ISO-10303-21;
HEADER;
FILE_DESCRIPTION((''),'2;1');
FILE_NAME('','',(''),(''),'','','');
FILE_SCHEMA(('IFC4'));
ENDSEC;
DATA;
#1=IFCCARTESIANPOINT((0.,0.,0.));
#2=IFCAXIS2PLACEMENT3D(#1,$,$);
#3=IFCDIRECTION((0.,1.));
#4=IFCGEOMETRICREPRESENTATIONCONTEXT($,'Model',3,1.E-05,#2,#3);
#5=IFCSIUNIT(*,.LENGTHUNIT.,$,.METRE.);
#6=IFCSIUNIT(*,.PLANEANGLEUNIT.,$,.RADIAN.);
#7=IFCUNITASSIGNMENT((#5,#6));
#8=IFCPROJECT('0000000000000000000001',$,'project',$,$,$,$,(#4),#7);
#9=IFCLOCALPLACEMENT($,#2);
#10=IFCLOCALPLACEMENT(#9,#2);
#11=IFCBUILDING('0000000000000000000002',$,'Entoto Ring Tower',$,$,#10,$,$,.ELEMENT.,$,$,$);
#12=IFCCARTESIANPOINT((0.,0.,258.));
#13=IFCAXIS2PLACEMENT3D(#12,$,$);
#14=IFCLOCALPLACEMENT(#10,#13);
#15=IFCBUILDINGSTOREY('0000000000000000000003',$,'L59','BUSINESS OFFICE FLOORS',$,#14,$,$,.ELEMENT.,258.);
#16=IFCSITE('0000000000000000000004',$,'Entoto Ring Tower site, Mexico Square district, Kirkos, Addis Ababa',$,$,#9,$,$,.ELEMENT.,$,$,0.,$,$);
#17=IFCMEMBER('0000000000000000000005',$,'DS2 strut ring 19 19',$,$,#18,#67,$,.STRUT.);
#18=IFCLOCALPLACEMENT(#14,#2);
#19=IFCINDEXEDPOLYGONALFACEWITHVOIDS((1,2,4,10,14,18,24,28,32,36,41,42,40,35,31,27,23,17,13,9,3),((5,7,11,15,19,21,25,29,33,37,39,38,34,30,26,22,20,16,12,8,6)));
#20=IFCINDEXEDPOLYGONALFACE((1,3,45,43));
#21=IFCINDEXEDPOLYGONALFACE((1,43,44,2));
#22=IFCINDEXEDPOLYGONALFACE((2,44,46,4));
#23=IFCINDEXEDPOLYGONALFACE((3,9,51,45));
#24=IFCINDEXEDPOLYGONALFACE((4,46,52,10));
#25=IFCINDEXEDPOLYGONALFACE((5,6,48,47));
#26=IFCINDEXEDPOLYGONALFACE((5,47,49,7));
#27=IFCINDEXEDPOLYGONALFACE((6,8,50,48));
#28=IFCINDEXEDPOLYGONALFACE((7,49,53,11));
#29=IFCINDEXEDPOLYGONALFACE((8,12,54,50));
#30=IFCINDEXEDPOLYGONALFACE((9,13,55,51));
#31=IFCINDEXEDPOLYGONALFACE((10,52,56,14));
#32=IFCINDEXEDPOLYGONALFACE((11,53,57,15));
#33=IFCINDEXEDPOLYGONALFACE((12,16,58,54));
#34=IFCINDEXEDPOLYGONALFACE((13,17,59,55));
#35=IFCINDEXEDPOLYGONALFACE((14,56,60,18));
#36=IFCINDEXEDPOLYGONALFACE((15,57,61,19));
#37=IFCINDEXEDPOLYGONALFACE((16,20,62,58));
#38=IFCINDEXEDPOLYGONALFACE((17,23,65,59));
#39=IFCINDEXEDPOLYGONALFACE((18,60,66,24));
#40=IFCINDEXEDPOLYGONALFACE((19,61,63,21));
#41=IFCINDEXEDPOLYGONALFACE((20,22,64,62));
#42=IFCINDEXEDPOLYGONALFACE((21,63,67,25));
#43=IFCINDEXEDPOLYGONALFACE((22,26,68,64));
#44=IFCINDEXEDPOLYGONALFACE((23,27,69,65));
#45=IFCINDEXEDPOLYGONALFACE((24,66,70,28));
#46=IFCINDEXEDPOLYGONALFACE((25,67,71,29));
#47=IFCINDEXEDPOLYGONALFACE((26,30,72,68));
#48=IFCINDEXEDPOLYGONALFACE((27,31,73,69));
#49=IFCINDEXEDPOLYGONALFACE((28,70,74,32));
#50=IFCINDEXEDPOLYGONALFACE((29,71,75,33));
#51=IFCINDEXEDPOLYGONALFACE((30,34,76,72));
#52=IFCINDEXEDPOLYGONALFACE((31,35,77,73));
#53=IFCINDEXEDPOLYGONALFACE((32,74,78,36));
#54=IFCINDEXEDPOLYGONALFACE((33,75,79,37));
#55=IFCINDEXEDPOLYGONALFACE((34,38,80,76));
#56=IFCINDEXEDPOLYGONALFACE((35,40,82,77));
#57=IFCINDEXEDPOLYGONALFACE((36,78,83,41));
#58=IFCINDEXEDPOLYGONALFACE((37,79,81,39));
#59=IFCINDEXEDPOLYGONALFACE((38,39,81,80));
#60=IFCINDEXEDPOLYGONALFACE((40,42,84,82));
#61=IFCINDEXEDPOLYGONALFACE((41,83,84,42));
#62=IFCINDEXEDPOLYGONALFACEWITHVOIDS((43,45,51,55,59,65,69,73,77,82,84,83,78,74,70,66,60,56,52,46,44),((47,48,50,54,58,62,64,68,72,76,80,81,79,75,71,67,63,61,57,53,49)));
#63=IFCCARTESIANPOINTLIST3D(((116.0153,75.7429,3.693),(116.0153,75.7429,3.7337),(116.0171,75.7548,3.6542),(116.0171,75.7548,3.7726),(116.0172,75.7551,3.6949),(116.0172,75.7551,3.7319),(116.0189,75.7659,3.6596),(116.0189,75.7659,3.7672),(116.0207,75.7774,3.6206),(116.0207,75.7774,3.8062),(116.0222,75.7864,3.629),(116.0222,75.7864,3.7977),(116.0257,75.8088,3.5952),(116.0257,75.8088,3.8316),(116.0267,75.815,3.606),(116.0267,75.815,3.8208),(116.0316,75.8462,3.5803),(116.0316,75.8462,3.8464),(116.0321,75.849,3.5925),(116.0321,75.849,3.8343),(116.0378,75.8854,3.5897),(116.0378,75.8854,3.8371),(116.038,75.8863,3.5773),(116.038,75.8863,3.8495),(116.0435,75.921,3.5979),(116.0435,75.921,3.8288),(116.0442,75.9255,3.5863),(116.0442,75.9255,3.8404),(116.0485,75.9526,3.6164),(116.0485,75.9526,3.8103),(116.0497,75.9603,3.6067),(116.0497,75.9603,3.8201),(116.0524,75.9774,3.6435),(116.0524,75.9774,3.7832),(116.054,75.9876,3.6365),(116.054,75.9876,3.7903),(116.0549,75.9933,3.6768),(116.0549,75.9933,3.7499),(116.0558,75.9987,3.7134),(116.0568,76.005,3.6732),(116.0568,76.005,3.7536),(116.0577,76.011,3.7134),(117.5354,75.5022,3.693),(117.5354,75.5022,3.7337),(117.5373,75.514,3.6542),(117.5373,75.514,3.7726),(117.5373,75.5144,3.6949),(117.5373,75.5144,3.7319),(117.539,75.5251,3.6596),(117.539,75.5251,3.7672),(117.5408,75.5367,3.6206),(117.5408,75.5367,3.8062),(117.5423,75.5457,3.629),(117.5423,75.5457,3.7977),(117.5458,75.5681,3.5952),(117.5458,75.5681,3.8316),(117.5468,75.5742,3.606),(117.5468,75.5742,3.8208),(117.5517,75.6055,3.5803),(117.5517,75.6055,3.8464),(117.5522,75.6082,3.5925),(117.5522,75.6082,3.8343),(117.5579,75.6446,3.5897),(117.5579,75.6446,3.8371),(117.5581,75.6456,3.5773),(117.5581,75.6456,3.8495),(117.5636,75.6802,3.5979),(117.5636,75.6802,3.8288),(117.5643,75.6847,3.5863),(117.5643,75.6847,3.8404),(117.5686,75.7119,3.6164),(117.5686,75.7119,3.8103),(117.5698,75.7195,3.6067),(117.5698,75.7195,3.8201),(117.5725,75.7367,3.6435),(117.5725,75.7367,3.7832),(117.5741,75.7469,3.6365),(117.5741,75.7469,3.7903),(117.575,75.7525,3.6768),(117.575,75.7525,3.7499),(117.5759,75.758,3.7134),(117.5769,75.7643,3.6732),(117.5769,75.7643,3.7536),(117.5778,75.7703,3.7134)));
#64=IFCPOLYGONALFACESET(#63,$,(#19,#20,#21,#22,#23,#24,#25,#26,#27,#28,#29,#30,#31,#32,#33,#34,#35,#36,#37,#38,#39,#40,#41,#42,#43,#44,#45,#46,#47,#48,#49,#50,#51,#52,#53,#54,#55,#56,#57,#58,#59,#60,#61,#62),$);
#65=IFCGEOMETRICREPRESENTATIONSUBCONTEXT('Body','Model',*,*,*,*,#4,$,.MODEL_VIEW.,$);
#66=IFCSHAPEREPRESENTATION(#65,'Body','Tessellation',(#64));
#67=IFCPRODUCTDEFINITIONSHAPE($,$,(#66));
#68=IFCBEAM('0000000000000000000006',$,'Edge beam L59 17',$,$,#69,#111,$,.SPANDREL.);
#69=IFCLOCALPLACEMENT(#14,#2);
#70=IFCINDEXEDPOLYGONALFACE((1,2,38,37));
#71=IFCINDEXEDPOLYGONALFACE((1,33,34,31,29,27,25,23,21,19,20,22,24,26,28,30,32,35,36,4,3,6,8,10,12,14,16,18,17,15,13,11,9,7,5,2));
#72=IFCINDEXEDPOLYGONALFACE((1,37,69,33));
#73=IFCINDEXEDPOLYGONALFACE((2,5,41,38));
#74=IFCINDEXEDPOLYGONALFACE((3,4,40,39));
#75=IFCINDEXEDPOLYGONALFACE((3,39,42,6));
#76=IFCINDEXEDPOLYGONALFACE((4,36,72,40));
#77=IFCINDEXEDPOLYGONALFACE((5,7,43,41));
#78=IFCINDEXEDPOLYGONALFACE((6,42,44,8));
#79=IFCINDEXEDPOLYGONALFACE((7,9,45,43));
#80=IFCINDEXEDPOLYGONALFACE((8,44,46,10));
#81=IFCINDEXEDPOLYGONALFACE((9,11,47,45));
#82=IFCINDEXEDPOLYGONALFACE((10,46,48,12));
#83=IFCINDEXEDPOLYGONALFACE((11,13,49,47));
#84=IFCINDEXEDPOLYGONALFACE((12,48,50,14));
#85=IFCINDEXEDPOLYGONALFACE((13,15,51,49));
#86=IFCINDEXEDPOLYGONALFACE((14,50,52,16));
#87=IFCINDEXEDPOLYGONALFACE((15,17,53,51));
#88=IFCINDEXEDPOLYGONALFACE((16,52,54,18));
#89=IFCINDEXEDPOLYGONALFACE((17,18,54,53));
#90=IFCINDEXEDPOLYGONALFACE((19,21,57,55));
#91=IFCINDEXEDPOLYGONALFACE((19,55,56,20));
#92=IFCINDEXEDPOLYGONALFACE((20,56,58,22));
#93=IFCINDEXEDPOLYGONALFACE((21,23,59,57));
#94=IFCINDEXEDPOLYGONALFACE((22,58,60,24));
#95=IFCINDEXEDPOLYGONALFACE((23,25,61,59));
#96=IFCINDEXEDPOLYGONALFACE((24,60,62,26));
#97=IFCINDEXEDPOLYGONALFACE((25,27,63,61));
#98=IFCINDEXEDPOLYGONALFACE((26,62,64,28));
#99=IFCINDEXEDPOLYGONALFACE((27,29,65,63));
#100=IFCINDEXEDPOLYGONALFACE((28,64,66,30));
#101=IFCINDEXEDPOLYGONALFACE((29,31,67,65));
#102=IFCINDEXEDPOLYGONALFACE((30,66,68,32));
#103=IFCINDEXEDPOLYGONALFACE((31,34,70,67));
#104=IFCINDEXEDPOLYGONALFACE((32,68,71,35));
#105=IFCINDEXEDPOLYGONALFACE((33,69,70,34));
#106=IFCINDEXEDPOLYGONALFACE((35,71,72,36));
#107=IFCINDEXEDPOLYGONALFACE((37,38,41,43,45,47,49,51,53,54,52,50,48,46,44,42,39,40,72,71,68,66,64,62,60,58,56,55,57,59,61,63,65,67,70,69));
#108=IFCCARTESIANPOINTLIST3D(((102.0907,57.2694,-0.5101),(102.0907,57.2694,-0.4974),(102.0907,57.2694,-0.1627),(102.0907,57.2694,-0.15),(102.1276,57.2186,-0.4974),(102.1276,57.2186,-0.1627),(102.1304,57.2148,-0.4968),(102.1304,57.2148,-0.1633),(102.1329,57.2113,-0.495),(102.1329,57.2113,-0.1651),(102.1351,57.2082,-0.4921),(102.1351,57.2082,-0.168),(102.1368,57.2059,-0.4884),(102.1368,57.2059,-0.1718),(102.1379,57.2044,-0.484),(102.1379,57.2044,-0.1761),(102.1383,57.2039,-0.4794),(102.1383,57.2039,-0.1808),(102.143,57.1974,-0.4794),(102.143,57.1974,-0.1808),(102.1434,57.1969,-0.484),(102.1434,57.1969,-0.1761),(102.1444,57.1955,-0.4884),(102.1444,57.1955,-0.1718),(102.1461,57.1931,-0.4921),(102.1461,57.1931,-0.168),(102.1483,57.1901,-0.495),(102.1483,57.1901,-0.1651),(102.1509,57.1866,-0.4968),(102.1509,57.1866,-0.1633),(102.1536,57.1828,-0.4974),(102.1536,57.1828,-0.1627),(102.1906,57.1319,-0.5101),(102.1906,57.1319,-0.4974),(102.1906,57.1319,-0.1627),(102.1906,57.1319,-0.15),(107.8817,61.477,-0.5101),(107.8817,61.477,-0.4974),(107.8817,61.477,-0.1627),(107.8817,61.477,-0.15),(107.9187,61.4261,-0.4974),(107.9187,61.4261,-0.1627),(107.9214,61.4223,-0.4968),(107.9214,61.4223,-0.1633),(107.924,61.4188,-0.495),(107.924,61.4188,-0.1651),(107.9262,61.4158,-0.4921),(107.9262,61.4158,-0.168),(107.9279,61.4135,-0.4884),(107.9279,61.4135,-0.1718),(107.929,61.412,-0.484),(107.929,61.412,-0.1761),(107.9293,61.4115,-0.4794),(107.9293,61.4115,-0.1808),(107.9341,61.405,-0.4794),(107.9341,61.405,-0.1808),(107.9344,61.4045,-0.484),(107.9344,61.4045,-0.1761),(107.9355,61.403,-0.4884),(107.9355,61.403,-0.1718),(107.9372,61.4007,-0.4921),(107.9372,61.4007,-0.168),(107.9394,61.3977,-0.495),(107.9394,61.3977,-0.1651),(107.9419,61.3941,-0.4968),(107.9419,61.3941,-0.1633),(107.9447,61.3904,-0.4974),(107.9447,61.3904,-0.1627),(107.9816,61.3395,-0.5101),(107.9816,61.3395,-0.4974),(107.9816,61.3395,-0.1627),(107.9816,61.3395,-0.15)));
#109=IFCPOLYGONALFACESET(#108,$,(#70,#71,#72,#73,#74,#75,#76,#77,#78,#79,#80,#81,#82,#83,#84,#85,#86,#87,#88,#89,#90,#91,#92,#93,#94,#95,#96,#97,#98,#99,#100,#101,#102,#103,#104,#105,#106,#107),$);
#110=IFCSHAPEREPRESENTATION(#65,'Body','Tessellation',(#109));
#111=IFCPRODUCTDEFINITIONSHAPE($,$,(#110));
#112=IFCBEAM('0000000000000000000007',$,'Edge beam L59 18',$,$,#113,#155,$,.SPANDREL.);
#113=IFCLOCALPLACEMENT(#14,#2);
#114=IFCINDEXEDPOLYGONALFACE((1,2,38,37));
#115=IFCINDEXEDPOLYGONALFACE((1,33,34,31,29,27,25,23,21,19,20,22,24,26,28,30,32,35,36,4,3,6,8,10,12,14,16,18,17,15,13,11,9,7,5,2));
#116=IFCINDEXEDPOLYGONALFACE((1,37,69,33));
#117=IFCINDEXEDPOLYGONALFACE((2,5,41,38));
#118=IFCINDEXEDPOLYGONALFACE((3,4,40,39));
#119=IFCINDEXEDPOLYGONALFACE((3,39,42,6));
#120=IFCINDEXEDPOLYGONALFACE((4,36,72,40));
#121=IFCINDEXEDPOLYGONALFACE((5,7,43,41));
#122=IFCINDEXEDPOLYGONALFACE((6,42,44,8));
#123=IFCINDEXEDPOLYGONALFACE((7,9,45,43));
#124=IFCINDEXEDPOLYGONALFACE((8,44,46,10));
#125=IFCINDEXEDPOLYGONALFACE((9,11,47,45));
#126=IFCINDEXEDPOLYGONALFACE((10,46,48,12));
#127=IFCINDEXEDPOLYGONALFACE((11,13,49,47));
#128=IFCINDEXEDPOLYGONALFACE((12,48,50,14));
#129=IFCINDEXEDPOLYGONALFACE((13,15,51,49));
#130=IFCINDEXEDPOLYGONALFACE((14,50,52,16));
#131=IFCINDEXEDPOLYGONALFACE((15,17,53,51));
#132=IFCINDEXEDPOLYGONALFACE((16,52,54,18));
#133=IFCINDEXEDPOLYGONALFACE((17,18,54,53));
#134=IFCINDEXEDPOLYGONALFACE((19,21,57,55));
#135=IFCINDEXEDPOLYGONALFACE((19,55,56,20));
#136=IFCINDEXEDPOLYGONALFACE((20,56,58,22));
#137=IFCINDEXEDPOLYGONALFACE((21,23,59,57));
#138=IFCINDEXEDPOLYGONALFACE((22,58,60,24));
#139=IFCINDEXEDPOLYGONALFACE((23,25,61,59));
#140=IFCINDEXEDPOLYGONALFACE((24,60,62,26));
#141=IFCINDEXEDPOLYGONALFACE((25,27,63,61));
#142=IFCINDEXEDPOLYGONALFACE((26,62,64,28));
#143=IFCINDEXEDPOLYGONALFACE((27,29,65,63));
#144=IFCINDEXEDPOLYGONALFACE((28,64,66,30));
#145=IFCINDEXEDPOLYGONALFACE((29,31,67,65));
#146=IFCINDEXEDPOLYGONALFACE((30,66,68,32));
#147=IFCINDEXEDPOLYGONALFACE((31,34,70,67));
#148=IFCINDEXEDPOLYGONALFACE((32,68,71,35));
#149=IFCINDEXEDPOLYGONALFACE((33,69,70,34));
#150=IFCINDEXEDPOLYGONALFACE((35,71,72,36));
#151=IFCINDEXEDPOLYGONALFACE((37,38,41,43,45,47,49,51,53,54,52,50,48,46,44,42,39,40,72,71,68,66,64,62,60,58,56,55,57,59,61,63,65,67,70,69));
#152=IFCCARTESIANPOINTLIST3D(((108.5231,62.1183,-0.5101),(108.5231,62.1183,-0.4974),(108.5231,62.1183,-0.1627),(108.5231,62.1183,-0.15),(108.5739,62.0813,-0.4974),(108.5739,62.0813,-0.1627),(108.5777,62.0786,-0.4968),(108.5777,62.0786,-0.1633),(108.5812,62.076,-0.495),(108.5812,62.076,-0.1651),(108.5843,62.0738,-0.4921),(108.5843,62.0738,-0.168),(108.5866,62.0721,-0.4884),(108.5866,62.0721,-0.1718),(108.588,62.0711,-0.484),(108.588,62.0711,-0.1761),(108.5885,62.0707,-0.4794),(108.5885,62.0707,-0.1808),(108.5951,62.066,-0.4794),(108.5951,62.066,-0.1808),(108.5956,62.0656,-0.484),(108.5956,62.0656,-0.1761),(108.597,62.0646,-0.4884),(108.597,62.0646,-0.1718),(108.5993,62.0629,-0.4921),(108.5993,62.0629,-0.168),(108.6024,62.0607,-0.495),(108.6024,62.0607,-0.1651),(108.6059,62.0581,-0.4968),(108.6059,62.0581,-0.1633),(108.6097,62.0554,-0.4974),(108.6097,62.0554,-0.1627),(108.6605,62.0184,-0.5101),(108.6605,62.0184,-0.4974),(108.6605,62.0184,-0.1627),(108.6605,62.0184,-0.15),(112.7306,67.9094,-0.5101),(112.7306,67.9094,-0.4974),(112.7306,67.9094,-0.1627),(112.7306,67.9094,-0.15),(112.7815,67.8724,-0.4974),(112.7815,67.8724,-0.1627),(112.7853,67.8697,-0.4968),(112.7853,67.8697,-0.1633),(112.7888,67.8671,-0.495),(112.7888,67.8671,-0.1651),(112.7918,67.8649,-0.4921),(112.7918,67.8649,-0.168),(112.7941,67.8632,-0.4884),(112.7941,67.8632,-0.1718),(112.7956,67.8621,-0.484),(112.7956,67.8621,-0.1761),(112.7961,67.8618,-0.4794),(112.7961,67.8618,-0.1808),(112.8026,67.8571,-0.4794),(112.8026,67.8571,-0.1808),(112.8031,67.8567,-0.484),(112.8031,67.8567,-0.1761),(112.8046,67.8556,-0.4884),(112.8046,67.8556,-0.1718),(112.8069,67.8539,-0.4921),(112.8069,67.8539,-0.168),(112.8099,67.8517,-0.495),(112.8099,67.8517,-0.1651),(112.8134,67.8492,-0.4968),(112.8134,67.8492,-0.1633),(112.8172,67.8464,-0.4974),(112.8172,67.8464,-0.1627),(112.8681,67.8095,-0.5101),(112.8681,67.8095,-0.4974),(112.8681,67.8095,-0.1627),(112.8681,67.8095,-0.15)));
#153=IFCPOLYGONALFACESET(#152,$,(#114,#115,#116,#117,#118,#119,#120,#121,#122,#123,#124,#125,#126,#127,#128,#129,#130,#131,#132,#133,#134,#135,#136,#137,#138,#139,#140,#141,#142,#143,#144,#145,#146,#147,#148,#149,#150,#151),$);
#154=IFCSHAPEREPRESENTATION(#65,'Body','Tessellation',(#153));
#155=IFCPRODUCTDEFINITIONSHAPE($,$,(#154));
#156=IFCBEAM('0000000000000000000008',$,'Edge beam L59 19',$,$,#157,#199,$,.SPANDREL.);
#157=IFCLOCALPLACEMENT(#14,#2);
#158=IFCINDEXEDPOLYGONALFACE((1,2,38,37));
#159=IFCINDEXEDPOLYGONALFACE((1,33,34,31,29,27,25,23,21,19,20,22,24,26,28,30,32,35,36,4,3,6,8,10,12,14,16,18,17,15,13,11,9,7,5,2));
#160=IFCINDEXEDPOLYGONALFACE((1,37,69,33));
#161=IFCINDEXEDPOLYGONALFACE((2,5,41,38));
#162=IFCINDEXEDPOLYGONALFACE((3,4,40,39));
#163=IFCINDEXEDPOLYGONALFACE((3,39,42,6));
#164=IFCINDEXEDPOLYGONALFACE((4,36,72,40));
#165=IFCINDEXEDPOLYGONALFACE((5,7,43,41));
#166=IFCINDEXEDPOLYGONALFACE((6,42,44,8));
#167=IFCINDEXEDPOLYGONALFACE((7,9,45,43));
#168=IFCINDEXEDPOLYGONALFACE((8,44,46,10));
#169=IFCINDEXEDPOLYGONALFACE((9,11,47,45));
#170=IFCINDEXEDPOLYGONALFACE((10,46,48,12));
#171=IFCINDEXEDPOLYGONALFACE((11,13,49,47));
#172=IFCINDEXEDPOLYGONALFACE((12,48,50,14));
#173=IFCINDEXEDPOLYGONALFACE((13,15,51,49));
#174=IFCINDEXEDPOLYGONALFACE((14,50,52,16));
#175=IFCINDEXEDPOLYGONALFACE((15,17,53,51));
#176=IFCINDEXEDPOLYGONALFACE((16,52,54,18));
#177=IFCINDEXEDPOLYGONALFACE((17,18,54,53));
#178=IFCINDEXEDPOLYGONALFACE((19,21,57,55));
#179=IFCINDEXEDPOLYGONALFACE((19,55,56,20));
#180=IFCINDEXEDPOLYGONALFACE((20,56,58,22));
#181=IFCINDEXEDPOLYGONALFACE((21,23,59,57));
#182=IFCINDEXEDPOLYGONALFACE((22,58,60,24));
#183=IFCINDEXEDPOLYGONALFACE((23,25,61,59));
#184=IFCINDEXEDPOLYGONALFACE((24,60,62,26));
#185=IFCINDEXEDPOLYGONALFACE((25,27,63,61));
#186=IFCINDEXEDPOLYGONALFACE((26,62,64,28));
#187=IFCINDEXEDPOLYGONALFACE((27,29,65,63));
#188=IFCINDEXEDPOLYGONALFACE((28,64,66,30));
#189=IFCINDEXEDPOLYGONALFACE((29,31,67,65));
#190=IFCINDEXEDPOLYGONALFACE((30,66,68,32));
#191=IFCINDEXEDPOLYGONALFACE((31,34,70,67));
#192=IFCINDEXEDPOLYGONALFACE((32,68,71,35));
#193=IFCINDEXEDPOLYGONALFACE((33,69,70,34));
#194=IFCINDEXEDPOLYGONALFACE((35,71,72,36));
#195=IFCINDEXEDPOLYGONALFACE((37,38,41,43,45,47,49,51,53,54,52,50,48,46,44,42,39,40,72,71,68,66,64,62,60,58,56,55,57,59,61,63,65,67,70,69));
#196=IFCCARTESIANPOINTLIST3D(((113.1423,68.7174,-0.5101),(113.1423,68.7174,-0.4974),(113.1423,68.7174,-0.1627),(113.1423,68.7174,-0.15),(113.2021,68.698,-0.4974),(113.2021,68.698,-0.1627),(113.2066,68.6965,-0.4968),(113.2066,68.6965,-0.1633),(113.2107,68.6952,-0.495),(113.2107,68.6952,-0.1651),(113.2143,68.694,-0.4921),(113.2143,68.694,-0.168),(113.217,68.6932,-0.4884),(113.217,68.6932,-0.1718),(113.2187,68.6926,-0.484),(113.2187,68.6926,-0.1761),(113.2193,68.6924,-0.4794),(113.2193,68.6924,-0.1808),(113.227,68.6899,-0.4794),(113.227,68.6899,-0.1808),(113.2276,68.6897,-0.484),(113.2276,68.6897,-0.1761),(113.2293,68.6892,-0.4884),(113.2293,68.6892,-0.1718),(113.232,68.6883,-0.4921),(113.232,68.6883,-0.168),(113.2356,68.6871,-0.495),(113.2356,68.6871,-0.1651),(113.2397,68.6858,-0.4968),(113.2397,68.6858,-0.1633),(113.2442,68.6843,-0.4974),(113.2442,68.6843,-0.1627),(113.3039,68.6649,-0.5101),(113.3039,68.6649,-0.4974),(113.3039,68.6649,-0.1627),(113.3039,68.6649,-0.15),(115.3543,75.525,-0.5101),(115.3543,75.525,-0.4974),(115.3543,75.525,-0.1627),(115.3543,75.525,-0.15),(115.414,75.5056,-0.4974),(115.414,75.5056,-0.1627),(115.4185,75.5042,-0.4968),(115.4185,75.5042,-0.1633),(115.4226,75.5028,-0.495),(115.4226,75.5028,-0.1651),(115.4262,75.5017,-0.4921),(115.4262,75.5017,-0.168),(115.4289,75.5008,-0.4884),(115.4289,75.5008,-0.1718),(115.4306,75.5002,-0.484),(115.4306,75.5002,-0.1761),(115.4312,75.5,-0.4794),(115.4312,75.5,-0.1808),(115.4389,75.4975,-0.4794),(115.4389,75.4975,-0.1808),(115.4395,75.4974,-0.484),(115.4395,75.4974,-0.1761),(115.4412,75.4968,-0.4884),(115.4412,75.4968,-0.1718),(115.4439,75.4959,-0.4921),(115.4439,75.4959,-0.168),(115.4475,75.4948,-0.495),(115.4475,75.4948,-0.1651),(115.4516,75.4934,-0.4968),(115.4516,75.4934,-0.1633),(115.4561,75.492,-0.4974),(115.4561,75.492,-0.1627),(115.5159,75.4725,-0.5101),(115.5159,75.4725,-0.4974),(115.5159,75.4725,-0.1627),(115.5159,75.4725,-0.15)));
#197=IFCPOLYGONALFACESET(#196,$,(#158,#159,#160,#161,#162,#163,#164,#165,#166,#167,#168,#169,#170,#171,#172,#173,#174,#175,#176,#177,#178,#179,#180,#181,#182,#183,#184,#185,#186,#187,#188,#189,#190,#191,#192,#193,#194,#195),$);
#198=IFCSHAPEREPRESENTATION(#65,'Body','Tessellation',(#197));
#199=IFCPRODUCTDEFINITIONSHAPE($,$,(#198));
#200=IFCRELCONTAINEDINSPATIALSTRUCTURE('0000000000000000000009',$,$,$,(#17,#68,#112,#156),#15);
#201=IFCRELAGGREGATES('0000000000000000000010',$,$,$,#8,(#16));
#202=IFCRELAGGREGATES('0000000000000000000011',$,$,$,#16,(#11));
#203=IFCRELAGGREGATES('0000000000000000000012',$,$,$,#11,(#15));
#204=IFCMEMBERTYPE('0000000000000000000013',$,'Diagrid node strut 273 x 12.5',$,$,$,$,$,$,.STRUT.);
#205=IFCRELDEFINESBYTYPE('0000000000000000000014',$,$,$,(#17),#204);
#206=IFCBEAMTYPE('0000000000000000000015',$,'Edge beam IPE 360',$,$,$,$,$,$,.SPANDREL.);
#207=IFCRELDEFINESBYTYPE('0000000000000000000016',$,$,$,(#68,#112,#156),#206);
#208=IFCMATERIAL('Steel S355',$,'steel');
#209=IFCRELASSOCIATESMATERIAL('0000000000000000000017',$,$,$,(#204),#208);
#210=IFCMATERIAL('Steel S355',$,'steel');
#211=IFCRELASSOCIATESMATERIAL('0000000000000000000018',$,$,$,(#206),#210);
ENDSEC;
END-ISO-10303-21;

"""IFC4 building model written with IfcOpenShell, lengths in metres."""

from ifc_helpers import new_model, si_unit, direction, frame, origin, origin_2d, place, context, subcontext, project, spatial, circle, hollow_circle, i_section, extrude, material, material_profile, profile_set, type_object, element, save


model = new_model("IFC4")

# Units and contexts
model_context = context("Model", 3, precision=1e-05, world=origin(), true_north=direction((0.0, 1.0)))
body_context = subcontext(model_context, "Body", "Model", "MODEL_VIEW")
ifc_project = project(units=[si_unit("LENGTHUNIT", "METRE"), si_unit("PLANEANGLEUNIT", "RADIAN")], contexts=[model_context])

# Site, building, storey
site_placement = place(None, origin())
site = spatial("IfcSite", under=ifc_project, at=site_placement, Name="Entoto Ring Tower site, Mexico Square district, Kirkos, Addis Ababa", CompositionType="ELEMENT", RefElevation=0.0)
building_placement = place(site_placement, origin())
building = spatial("IfcBuilding", under=site, at=building_placement, Name="Entoto Ring Tower", CompositionType="ELEMENT")
storey_placement = place(building_placement, frame((0.0, 0.0, 258.0)))
storey = spatial("IfcBuildingStorey", under=building, at=storey_placement, Name="L59", Description="BUSINESS OFFICE FLOORS", CompositionType="ELEMENT", Elevation=258.0)

# Member
ifc_material_1 = material(Name="Steel S355", Category="steel")
ifc_material_profile_1 = material_profile(ifc_material_1, hollow_circle(Radius=0.1365, WallThickness=0.0125, at=origin_2d()), Name="CHS 273 x 12.5")
ifc_material_2 = material(Name="Concrete C60/75", Category="concrete")
ifc_material_profile_2 = material_profile(ifc_material_2, circle(Radius=0.124, at=origin_2d()), Name="Concrete C60/75 infill")
ifc_profile_set_1 = profile_set([ifc_material_profile_1, ifc_material_profile_2], Name="Steel S355")
member_type = type_object("IfcMemberType", Name="Diagrid node strut 273 x 12.5", PredefinedType="STRUT", material=ifc_profile_set_1)
for number, where, z_axis, x_axis, name in (
    (1, (116.0364, 75.8762, 3.7134), (0.987691, -0.156419, 0.0), (0.156419, 0.987691, 0.0), "DS2 strut ring 19 19"),
):
    element("IfcMember", number, at=place(storey_placement, frame(where, z_axis=z_axis, x_axis=x_axis)), inside=storey, type_object=member_type, Name=name, PredefinedType="STRUT", context=body_context, shape_type="SweptSolid", body=[
        extrude(hollow_circle(Radius=0.1365, WallThickness=0.0125, at=origin_2d()), origin(), (0.0, 0.0, 1.0), 1.5391),
    ])

# Beams
ifc_material_3 = material(Name="Steel S355", Category="steel")
ifc_material_profile_3 = material_profile(ifc_material_3, i_section(OverallWidth=0.1699, OverallDepth=0.3601, WebThickness=0.0081, FlangeThickness=0.0127, FilletRadius=0.0181, at=origin_2d()), Name="IPE 360")
ifc_profile_set_2 = profile_set([ifc_material_profile_3], Name="Steel S355")
beam_type_1 = type_object("IfcBeamType", Name="Edge beam IPE 360", PredefinedType="SPANDREL", material=ifc_profile_set_2)
for number, where, z_axis, x_axis, name in (
    (2, (102.1406, 57.2007, -0.3301), (0.80901, 0.587794, 0.0), (-0.587794, 0.80901, 0.0), "Edge beam L59 17"),
    (3, (108.5918, 62.0684, -0.3301), (0.587794, 0.80901, 0.0), (-0.80901, 0.587794, 0.0), "Edge beam L59 18"),
):
    element("IfcBeam", number, at=place(storey_placement, frame(where, z_axis=z_axis, x_axis=x_axis)), inside=storey, type_object=beam_type_1, Name=name, PredefinedType="SPANDREL", context=body_context, shape_type="SweptSolid", body=[
        extrude(i_section(OverallWidth=0.1699, OverallDepth=0.3601, WebThickness=0.0081, FlangeThickness=0.0127, FilletRadius=0.0181, at=origin_2d()), origin(), (0.0, 0.0, 1.0), 7.1582),
    ])
beam_1_placement = place(storey_placement, frame((113.2231, 68.6912, -0.3301), z_axis=(0.309015, 0.951057, 0.0), x_axis=(-0.951057, 0.309015, 0.0)))
element("IfcBeam", 4, at=beam_1_placement, inside=storey, type_object=beam_type_1, Name="Edge beam L59 19", PredefinedType="SPANDREL", context=body_context, shape_type="SweptSolid", body=[
    extrude(i_section(OverallWidth=0.1699, OverallDepth=0.3601, WebThickness=0.0081, FlangeThickness=0.0127, FilletRadius=0.0181, at=origin_2d()), origin(), (0.0, 0.0, 1.0), 7.158),
])

save(model, "model.ifc")
